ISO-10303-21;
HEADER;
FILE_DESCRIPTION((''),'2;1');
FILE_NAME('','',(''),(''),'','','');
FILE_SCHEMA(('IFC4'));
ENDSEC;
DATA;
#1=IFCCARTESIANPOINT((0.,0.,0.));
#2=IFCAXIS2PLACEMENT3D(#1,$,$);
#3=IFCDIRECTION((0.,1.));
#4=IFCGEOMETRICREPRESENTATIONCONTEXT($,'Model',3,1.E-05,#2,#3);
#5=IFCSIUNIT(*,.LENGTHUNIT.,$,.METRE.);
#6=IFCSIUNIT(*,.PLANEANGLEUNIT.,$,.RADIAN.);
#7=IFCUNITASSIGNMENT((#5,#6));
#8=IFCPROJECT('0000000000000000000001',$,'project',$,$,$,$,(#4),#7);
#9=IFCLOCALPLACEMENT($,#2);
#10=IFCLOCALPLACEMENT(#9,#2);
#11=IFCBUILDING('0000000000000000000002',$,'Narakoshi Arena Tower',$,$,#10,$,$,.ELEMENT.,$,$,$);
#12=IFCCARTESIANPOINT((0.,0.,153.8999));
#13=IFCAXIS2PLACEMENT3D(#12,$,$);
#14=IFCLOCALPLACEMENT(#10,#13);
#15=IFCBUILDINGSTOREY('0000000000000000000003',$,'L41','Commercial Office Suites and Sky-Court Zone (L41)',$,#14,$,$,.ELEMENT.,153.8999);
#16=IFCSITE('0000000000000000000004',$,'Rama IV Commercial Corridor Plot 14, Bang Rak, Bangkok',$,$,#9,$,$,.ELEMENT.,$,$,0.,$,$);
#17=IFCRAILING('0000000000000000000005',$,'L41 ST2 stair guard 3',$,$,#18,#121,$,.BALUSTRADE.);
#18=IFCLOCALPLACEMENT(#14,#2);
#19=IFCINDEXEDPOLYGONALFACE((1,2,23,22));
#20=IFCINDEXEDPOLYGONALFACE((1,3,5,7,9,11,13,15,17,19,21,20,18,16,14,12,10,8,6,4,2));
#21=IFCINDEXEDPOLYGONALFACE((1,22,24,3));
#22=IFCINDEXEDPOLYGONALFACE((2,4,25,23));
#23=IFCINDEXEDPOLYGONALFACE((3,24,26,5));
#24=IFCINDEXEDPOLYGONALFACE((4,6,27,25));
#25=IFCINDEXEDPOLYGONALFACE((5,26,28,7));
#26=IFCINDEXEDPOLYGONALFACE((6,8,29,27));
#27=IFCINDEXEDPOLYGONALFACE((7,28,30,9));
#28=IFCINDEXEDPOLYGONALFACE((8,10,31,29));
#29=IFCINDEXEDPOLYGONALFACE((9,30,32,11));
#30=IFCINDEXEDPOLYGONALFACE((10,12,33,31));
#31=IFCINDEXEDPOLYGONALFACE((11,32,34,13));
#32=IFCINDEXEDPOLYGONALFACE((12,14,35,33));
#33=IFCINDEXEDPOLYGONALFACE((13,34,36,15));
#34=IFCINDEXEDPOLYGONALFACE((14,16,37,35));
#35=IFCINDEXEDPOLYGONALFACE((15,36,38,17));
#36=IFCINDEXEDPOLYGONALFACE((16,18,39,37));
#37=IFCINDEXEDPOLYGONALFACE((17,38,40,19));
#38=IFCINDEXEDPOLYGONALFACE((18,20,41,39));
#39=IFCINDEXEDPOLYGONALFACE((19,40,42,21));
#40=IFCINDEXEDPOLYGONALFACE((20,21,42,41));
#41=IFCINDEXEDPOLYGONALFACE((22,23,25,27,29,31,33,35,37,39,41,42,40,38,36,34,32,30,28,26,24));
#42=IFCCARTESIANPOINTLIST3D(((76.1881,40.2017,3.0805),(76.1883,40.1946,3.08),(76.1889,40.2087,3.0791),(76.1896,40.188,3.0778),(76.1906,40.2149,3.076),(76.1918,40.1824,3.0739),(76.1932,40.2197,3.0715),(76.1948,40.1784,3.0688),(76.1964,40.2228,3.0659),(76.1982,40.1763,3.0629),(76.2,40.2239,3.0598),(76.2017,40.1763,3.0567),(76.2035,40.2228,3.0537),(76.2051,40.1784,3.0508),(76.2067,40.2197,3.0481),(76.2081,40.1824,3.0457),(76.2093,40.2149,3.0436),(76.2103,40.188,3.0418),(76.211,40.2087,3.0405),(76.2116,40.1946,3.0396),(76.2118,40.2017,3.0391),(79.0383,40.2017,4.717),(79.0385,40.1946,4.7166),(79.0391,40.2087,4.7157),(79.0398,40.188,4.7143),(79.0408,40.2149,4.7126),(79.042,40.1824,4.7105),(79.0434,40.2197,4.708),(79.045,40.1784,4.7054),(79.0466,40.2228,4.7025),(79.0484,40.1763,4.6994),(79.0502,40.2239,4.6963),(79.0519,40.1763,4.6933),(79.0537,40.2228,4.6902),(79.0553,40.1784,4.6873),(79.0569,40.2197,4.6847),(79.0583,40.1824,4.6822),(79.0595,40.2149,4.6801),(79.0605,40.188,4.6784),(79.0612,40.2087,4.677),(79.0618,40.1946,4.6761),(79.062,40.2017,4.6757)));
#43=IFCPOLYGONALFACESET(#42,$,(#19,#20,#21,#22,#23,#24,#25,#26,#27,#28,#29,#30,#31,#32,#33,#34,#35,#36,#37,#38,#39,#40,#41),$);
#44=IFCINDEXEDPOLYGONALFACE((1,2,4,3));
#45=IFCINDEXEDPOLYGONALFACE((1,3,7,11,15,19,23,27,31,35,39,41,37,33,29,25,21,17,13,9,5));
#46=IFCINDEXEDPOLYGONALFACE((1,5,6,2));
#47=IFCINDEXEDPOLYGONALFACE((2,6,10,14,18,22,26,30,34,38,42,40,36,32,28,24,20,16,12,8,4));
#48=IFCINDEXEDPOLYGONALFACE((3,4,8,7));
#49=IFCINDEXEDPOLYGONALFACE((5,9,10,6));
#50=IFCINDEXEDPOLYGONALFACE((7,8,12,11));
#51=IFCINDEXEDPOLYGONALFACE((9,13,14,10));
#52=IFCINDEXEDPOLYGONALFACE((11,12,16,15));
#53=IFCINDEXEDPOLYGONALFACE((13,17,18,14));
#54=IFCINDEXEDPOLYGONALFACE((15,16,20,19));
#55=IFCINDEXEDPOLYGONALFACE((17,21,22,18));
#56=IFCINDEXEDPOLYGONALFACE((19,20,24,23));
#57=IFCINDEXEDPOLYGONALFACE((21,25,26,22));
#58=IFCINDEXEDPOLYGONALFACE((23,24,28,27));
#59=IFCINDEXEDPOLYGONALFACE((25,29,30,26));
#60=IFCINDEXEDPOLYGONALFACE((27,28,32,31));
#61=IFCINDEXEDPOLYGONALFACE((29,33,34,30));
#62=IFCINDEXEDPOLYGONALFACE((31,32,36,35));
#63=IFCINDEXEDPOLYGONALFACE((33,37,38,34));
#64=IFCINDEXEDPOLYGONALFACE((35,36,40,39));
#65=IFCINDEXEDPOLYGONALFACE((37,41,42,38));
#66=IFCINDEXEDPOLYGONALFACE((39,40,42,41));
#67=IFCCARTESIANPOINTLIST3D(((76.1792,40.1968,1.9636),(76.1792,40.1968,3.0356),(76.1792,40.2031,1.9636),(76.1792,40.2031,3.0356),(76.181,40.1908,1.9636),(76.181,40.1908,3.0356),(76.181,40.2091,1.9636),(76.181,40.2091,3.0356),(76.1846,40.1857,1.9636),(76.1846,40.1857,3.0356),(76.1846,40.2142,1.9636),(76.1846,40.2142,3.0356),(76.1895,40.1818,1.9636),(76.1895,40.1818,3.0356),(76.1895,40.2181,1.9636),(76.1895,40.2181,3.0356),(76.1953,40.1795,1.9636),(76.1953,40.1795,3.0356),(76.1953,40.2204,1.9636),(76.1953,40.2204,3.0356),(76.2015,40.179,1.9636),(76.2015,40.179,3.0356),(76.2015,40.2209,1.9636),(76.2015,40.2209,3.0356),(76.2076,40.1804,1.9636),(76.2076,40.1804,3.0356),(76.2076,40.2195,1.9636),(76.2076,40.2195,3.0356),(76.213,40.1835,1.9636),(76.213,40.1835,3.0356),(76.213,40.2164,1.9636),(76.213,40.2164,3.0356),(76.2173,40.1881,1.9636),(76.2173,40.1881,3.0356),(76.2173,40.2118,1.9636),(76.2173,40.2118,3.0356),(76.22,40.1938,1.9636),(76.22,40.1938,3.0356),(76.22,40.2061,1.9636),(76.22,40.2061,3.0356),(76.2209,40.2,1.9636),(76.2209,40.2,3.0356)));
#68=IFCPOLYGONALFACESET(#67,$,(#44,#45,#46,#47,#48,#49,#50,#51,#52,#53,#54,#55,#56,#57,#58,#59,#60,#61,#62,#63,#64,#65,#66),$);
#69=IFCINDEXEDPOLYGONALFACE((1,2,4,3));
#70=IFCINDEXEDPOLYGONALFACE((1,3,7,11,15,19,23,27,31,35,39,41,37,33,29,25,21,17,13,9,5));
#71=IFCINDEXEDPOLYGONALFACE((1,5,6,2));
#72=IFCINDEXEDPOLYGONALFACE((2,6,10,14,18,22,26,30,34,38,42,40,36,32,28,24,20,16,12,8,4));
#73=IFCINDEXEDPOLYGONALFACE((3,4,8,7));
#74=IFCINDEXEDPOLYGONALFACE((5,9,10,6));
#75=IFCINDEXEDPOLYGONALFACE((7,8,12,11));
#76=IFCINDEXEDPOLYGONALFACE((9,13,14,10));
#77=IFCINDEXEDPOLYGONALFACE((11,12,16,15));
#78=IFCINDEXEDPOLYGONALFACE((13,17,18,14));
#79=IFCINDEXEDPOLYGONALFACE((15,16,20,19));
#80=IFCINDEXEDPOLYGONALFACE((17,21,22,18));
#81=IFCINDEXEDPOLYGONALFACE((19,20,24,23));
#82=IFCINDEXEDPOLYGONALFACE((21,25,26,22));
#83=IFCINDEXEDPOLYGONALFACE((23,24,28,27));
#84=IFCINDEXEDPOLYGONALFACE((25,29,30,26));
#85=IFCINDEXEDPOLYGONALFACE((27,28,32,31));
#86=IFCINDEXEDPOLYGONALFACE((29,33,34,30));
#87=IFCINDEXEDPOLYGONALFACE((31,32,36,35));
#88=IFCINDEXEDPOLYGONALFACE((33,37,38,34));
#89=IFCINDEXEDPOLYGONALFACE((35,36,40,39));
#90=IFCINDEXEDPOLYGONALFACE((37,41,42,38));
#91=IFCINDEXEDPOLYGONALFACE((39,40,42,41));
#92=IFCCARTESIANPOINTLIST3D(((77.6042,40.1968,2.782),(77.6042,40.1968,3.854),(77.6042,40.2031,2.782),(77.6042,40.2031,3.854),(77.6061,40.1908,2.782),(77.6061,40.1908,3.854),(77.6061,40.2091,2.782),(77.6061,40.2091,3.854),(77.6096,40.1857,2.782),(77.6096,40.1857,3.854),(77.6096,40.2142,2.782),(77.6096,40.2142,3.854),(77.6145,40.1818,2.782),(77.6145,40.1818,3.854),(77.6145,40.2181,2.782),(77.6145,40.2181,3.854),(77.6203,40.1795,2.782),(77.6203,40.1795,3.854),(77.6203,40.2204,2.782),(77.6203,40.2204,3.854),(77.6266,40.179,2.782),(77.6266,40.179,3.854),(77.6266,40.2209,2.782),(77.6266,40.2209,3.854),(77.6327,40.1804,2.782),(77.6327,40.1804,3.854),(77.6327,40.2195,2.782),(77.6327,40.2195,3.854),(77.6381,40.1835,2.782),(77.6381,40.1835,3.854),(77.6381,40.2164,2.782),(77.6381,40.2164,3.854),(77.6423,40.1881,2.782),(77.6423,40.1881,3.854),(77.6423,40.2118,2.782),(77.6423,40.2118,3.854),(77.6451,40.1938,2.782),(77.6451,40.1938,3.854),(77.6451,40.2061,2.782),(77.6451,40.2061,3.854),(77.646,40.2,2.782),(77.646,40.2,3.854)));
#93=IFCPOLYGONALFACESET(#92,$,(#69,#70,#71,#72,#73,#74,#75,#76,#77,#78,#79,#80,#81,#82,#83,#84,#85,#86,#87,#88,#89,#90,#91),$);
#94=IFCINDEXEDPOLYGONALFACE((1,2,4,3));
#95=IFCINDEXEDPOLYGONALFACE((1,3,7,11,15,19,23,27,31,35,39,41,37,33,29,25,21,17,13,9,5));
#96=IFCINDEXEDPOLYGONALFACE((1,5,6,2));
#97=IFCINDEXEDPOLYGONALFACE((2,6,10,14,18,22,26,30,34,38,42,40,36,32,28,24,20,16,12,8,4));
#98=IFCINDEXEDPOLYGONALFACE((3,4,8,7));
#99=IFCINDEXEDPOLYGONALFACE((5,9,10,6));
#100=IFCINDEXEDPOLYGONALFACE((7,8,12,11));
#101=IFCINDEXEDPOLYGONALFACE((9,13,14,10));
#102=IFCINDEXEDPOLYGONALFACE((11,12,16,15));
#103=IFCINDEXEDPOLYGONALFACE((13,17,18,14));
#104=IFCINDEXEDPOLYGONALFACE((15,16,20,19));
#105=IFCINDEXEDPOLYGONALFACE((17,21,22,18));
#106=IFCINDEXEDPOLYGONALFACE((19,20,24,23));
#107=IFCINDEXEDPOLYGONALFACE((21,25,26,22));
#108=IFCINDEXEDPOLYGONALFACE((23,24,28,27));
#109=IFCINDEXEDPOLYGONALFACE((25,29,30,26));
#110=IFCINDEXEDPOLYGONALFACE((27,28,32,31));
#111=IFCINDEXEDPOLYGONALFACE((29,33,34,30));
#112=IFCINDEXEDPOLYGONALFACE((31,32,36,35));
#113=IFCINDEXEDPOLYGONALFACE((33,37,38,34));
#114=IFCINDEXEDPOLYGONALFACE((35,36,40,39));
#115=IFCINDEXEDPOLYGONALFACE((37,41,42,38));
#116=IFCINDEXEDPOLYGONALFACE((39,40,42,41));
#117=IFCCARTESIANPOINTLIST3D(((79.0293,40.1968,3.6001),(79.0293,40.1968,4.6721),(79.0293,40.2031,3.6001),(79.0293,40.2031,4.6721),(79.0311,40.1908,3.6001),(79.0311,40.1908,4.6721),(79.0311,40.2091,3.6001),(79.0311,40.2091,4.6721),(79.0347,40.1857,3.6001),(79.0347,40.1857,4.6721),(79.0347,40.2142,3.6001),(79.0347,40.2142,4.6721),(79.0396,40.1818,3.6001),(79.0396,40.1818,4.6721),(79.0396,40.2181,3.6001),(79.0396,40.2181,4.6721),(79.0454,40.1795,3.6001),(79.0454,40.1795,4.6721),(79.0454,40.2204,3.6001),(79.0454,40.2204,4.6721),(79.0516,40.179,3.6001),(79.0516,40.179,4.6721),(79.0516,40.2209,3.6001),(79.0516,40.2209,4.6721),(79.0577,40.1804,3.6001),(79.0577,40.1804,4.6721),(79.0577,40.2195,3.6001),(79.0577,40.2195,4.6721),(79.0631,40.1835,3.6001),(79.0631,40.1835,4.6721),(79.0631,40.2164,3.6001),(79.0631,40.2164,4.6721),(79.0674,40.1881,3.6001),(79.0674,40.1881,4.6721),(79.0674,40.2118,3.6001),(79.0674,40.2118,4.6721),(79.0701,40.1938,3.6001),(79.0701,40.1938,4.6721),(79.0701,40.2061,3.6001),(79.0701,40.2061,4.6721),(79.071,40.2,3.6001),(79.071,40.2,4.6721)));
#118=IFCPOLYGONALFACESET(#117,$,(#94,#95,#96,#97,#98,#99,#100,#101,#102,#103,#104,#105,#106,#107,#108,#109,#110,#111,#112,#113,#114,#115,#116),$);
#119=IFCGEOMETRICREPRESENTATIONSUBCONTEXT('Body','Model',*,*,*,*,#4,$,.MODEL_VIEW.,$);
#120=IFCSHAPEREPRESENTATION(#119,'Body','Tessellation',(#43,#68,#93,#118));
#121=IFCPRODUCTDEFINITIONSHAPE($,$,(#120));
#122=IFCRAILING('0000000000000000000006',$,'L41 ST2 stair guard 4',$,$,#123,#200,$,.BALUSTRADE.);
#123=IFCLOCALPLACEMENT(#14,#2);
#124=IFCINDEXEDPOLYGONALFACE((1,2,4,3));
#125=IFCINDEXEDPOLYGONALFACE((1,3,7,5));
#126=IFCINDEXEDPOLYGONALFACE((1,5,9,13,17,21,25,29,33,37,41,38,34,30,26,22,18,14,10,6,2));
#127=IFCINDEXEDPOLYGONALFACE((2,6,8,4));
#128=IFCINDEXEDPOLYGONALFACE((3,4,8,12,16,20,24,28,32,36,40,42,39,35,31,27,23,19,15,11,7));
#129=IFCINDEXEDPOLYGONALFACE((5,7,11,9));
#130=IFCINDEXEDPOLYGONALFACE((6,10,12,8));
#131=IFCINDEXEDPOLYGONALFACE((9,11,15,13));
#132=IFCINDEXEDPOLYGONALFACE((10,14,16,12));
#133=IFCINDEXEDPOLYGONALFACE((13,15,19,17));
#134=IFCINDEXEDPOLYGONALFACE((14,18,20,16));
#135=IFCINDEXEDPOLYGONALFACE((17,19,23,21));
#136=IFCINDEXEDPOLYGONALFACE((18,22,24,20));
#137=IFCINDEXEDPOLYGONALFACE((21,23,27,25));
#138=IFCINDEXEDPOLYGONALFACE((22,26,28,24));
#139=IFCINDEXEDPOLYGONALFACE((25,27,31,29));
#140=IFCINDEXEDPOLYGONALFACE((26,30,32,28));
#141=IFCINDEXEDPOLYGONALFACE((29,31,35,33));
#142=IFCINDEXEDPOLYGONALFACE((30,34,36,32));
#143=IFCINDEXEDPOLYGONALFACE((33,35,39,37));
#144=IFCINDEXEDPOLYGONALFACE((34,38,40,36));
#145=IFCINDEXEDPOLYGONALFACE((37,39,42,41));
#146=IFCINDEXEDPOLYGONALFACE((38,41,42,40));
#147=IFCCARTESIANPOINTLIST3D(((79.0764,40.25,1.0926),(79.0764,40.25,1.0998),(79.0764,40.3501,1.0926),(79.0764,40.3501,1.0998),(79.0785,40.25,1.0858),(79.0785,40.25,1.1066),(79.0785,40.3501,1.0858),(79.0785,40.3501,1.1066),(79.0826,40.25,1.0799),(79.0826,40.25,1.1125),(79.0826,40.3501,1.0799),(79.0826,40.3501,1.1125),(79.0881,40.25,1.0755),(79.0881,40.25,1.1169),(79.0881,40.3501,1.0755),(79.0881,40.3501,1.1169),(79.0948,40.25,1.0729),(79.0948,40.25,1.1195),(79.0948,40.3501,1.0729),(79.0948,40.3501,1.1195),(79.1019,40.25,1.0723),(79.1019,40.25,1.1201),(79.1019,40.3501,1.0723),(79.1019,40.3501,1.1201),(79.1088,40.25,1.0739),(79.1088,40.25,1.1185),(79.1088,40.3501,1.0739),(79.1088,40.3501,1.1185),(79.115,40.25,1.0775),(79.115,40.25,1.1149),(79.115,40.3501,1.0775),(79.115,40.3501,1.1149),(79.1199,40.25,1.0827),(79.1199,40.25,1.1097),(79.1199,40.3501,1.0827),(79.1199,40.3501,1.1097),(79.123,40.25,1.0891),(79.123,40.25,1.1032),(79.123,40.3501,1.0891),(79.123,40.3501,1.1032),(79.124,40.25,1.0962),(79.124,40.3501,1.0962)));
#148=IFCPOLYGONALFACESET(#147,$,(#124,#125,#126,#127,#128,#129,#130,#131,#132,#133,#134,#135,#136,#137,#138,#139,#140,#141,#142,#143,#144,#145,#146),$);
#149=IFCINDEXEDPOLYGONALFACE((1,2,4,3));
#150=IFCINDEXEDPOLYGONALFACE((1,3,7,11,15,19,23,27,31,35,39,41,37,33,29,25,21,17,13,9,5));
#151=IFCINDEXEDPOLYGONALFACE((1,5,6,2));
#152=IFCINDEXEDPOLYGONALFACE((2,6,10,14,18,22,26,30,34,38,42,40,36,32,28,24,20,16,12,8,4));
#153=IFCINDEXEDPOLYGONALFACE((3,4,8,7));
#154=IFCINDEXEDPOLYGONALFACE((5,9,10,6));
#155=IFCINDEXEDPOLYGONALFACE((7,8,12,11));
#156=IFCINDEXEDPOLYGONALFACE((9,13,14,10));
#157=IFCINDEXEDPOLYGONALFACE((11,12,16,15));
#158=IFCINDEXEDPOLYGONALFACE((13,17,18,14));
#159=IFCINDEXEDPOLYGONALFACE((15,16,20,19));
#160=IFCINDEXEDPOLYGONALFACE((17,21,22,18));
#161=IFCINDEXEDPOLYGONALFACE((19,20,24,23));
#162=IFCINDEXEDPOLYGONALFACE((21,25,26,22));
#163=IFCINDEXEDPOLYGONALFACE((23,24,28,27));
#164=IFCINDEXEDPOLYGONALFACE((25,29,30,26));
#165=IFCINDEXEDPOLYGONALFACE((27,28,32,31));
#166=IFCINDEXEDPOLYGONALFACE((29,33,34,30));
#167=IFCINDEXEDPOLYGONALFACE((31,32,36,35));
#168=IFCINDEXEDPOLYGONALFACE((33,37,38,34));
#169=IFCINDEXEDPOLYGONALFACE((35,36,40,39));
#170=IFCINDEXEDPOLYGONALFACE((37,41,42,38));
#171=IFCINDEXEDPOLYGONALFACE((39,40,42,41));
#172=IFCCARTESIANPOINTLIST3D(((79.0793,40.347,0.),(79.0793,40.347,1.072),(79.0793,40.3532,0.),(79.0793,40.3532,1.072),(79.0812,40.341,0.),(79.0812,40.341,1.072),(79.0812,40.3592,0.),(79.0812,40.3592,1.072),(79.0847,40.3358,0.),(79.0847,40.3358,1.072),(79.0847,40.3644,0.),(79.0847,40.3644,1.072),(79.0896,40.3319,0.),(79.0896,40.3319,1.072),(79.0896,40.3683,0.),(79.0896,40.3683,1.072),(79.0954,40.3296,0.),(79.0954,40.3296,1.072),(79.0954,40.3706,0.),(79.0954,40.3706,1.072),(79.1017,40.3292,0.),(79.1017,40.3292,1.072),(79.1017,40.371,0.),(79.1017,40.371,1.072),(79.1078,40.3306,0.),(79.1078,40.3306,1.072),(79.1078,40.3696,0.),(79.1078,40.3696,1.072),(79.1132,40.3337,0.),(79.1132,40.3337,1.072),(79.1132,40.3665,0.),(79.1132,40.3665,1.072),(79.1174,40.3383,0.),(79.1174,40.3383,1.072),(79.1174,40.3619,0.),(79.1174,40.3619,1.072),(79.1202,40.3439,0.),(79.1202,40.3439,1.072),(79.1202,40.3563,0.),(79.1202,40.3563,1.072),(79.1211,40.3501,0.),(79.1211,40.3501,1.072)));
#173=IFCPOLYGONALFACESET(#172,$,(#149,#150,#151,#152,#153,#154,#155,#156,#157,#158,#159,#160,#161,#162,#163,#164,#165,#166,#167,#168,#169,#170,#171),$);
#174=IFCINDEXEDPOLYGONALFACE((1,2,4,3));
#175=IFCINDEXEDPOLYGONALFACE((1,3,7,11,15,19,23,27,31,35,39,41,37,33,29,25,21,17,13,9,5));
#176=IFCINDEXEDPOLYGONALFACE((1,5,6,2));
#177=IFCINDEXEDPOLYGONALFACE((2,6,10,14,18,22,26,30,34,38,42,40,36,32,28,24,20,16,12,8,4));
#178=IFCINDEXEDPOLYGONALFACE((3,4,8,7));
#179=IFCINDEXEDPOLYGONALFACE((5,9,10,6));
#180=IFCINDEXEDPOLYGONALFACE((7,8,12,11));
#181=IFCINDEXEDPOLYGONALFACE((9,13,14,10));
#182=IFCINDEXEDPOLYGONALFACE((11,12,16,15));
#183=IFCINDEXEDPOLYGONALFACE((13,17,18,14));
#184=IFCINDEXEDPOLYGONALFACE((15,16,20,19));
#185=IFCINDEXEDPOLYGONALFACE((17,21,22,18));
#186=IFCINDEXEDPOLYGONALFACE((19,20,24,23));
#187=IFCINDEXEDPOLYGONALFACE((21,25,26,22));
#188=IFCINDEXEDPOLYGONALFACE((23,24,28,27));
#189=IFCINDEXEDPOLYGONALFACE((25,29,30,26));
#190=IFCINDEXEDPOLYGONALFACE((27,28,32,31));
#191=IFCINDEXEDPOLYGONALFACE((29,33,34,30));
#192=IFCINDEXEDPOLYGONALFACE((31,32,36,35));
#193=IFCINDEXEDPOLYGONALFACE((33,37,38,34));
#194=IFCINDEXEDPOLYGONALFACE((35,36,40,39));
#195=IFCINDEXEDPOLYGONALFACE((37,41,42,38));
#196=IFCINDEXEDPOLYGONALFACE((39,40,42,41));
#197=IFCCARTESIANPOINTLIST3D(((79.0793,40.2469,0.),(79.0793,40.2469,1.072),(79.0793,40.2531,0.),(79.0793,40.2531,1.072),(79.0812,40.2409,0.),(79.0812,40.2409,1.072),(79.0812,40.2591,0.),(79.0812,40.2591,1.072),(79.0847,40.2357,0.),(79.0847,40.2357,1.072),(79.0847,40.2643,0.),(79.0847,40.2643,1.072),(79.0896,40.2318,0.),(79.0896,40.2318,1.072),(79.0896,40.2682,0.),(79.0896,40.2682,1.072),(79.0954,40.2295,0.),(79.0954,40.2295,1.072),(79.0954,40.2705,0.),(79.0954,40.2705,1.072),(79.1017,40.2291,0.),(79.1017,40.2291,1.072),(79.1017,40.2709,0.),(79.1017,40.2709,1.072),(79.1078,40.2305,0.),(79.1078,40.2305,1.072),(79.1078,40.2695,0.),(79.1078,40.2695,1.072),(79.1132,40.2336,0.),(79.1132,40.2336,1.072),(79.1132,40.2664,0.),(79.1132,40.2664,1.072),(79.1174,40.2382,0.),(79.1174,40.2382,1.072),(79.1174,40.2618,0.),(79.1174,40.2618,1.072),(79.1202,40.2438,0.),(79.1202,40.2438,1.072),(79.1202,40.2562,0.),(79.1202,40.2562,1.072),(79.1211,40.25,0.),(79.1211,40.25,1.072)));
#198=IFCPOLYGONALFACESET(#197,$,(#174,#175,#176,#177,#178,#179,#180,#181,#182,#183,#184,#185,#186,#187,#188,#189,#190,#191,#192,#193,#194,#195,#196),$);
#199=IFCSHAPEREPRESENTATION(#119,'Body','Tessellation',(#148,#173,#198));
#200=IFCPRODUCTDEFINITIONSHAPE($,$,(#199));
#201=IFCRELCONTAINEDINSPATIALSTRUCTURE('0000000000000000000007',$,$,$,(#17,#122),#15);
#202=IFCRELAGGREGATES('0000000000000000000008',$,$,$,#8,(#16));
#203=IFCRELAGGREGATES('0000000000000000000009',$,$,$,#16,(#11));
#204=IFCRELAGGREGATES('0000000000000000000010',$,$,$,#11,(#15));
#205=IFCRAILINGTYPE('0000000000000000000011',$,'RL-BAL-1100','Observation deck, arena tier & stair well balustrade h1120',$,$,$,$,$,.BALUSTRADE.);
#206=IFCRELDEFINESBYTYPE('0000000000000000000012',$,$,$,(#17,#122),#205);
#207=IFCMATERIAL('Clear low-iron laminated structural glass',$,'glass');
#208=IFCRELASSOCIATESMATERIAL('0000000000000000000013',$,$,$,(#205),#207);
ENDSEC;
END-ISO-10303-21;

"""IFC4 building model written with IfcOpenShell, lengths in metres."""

from ifc_helpers import new_model, si_unit, direction, frame, origin, origin_2d, place, context, subcontext, project, spatial, circle, extrude, material, type_object, element, save


model = new_model("IFC4")

# Units and contexts
model_context = context("Model", 3, precision=1e-05, world=origin(), true_north=direction((0.0, 1.0)))
body_context = subcontext(model_context, "Body", "Model", "MODEL_VIEW")
ifc_project = project(units=[si_unit("LENGTHUNIT", "METRE"), si_unit("PLANEANGLEUNIT", "RADIAN")], contexts=[model_context])

# Site, building, storey
site_placement = place(None, origin())
site = spatial("IfcSite", under=ifc_project, at=site_placement, Name="Rama IV Commercial Corridor Plot 14, Bang Rak, Bangkok", CompositionType="ELEMENT", RefElevation=0.0)
building_placement = place(site_placement, origin())
building = spatial("IfcBuilding", under=site, at=building_placement, Name="Narakoshi Arena Tower", CompositionType="ELEMENT")
storey_placement = place(building_placement, frame((0.0, 0.0, 153.8999)))
storey = spatial("IfcBuildingStorey", under=building, at=storey_placement, Name="L41", Description="Commercial Office Suites and Sky-Court Zone (L41)", CompositionType="ELEMENT", Elevation=153.8999)

# Railings
ifc_material_1 = material(Name="Clear low-iron laminated structural glass", Category="glass")
railing_type_1 = type_object("IfcRailingType", Name="RL-BAL-1100", Description="Observation deck, arena tier & stair well balustrade h1120", PredefinedType="BALUSTRADE", material=ifc_material_1)
railing_1_placement = place(storey_placement, frame((76.2, 40.2, 1.9636)))
element("IfcRailing", 1, at=railing_1_placement, inside=storey, type_object=railing_type_1, Name="L41 ST2 stair guard 3", PredefinedType="BALUSTRADE", context=body_context, shape_type="SweptSolid", body=[
    extrude(circle(Radius=0.0239, at=origin_2d()), frame((0.0, 0.0, 1.0962), z_axis=(0.867213, 0.0, 0.497938), x_axis=(0.0, 1.0, 0.0)), (0.0, 0.0, 1.0), 3.2866),
    extrude(circle(Radius=0.021, at=origin_2d()), origin(), (0.0, 0.0, 1.0), 1.072),
    extrude(circle(Radius=0.021, at=origin_2d()), frame((1.425, 0.0, 0.8184)), (0.0, 0.0, 1.0), 1.072),
    extrude(circle(Radius=0.021, at=origin_2d()), frame((2.8501, 0.0, 1.6365)), (0.0, 0.0, 1.0), 1.072),
])
railing_2_placement = place(storey_placement, frame((79.1001, 40.3501, 0.0)))
element("IfcRailing", 2, at=railing_2_placement, inside=storey, type_object=railing_type_1, Name="L41 ST2 stair guard 4", PredefinedType="BALUSTRADE", context=body_context, shape_type="SweptSolid", body=[
    extrude(circle(Radius=0.0239, at=origin_2d()), frame((0.0, 0.0, 1.0962), z_axis=(0.0, -1.0, 0.0), x_axis=(1.0, 0.0, 0.0)), (0.0, 0.0, 1.0), 0.1001),
    extrude(circle(Radius=0.021, at=origin_2d()), origin(), (0.0, 0.0, 1.0), 1.072),
    extrude(circle(Radius=0.021, at=origin_2d()), frame((0.0, -0.1001, 0.0)), (0.0, 0.0, 1.0), 1.072),
])

save(model, "model.ifc")
